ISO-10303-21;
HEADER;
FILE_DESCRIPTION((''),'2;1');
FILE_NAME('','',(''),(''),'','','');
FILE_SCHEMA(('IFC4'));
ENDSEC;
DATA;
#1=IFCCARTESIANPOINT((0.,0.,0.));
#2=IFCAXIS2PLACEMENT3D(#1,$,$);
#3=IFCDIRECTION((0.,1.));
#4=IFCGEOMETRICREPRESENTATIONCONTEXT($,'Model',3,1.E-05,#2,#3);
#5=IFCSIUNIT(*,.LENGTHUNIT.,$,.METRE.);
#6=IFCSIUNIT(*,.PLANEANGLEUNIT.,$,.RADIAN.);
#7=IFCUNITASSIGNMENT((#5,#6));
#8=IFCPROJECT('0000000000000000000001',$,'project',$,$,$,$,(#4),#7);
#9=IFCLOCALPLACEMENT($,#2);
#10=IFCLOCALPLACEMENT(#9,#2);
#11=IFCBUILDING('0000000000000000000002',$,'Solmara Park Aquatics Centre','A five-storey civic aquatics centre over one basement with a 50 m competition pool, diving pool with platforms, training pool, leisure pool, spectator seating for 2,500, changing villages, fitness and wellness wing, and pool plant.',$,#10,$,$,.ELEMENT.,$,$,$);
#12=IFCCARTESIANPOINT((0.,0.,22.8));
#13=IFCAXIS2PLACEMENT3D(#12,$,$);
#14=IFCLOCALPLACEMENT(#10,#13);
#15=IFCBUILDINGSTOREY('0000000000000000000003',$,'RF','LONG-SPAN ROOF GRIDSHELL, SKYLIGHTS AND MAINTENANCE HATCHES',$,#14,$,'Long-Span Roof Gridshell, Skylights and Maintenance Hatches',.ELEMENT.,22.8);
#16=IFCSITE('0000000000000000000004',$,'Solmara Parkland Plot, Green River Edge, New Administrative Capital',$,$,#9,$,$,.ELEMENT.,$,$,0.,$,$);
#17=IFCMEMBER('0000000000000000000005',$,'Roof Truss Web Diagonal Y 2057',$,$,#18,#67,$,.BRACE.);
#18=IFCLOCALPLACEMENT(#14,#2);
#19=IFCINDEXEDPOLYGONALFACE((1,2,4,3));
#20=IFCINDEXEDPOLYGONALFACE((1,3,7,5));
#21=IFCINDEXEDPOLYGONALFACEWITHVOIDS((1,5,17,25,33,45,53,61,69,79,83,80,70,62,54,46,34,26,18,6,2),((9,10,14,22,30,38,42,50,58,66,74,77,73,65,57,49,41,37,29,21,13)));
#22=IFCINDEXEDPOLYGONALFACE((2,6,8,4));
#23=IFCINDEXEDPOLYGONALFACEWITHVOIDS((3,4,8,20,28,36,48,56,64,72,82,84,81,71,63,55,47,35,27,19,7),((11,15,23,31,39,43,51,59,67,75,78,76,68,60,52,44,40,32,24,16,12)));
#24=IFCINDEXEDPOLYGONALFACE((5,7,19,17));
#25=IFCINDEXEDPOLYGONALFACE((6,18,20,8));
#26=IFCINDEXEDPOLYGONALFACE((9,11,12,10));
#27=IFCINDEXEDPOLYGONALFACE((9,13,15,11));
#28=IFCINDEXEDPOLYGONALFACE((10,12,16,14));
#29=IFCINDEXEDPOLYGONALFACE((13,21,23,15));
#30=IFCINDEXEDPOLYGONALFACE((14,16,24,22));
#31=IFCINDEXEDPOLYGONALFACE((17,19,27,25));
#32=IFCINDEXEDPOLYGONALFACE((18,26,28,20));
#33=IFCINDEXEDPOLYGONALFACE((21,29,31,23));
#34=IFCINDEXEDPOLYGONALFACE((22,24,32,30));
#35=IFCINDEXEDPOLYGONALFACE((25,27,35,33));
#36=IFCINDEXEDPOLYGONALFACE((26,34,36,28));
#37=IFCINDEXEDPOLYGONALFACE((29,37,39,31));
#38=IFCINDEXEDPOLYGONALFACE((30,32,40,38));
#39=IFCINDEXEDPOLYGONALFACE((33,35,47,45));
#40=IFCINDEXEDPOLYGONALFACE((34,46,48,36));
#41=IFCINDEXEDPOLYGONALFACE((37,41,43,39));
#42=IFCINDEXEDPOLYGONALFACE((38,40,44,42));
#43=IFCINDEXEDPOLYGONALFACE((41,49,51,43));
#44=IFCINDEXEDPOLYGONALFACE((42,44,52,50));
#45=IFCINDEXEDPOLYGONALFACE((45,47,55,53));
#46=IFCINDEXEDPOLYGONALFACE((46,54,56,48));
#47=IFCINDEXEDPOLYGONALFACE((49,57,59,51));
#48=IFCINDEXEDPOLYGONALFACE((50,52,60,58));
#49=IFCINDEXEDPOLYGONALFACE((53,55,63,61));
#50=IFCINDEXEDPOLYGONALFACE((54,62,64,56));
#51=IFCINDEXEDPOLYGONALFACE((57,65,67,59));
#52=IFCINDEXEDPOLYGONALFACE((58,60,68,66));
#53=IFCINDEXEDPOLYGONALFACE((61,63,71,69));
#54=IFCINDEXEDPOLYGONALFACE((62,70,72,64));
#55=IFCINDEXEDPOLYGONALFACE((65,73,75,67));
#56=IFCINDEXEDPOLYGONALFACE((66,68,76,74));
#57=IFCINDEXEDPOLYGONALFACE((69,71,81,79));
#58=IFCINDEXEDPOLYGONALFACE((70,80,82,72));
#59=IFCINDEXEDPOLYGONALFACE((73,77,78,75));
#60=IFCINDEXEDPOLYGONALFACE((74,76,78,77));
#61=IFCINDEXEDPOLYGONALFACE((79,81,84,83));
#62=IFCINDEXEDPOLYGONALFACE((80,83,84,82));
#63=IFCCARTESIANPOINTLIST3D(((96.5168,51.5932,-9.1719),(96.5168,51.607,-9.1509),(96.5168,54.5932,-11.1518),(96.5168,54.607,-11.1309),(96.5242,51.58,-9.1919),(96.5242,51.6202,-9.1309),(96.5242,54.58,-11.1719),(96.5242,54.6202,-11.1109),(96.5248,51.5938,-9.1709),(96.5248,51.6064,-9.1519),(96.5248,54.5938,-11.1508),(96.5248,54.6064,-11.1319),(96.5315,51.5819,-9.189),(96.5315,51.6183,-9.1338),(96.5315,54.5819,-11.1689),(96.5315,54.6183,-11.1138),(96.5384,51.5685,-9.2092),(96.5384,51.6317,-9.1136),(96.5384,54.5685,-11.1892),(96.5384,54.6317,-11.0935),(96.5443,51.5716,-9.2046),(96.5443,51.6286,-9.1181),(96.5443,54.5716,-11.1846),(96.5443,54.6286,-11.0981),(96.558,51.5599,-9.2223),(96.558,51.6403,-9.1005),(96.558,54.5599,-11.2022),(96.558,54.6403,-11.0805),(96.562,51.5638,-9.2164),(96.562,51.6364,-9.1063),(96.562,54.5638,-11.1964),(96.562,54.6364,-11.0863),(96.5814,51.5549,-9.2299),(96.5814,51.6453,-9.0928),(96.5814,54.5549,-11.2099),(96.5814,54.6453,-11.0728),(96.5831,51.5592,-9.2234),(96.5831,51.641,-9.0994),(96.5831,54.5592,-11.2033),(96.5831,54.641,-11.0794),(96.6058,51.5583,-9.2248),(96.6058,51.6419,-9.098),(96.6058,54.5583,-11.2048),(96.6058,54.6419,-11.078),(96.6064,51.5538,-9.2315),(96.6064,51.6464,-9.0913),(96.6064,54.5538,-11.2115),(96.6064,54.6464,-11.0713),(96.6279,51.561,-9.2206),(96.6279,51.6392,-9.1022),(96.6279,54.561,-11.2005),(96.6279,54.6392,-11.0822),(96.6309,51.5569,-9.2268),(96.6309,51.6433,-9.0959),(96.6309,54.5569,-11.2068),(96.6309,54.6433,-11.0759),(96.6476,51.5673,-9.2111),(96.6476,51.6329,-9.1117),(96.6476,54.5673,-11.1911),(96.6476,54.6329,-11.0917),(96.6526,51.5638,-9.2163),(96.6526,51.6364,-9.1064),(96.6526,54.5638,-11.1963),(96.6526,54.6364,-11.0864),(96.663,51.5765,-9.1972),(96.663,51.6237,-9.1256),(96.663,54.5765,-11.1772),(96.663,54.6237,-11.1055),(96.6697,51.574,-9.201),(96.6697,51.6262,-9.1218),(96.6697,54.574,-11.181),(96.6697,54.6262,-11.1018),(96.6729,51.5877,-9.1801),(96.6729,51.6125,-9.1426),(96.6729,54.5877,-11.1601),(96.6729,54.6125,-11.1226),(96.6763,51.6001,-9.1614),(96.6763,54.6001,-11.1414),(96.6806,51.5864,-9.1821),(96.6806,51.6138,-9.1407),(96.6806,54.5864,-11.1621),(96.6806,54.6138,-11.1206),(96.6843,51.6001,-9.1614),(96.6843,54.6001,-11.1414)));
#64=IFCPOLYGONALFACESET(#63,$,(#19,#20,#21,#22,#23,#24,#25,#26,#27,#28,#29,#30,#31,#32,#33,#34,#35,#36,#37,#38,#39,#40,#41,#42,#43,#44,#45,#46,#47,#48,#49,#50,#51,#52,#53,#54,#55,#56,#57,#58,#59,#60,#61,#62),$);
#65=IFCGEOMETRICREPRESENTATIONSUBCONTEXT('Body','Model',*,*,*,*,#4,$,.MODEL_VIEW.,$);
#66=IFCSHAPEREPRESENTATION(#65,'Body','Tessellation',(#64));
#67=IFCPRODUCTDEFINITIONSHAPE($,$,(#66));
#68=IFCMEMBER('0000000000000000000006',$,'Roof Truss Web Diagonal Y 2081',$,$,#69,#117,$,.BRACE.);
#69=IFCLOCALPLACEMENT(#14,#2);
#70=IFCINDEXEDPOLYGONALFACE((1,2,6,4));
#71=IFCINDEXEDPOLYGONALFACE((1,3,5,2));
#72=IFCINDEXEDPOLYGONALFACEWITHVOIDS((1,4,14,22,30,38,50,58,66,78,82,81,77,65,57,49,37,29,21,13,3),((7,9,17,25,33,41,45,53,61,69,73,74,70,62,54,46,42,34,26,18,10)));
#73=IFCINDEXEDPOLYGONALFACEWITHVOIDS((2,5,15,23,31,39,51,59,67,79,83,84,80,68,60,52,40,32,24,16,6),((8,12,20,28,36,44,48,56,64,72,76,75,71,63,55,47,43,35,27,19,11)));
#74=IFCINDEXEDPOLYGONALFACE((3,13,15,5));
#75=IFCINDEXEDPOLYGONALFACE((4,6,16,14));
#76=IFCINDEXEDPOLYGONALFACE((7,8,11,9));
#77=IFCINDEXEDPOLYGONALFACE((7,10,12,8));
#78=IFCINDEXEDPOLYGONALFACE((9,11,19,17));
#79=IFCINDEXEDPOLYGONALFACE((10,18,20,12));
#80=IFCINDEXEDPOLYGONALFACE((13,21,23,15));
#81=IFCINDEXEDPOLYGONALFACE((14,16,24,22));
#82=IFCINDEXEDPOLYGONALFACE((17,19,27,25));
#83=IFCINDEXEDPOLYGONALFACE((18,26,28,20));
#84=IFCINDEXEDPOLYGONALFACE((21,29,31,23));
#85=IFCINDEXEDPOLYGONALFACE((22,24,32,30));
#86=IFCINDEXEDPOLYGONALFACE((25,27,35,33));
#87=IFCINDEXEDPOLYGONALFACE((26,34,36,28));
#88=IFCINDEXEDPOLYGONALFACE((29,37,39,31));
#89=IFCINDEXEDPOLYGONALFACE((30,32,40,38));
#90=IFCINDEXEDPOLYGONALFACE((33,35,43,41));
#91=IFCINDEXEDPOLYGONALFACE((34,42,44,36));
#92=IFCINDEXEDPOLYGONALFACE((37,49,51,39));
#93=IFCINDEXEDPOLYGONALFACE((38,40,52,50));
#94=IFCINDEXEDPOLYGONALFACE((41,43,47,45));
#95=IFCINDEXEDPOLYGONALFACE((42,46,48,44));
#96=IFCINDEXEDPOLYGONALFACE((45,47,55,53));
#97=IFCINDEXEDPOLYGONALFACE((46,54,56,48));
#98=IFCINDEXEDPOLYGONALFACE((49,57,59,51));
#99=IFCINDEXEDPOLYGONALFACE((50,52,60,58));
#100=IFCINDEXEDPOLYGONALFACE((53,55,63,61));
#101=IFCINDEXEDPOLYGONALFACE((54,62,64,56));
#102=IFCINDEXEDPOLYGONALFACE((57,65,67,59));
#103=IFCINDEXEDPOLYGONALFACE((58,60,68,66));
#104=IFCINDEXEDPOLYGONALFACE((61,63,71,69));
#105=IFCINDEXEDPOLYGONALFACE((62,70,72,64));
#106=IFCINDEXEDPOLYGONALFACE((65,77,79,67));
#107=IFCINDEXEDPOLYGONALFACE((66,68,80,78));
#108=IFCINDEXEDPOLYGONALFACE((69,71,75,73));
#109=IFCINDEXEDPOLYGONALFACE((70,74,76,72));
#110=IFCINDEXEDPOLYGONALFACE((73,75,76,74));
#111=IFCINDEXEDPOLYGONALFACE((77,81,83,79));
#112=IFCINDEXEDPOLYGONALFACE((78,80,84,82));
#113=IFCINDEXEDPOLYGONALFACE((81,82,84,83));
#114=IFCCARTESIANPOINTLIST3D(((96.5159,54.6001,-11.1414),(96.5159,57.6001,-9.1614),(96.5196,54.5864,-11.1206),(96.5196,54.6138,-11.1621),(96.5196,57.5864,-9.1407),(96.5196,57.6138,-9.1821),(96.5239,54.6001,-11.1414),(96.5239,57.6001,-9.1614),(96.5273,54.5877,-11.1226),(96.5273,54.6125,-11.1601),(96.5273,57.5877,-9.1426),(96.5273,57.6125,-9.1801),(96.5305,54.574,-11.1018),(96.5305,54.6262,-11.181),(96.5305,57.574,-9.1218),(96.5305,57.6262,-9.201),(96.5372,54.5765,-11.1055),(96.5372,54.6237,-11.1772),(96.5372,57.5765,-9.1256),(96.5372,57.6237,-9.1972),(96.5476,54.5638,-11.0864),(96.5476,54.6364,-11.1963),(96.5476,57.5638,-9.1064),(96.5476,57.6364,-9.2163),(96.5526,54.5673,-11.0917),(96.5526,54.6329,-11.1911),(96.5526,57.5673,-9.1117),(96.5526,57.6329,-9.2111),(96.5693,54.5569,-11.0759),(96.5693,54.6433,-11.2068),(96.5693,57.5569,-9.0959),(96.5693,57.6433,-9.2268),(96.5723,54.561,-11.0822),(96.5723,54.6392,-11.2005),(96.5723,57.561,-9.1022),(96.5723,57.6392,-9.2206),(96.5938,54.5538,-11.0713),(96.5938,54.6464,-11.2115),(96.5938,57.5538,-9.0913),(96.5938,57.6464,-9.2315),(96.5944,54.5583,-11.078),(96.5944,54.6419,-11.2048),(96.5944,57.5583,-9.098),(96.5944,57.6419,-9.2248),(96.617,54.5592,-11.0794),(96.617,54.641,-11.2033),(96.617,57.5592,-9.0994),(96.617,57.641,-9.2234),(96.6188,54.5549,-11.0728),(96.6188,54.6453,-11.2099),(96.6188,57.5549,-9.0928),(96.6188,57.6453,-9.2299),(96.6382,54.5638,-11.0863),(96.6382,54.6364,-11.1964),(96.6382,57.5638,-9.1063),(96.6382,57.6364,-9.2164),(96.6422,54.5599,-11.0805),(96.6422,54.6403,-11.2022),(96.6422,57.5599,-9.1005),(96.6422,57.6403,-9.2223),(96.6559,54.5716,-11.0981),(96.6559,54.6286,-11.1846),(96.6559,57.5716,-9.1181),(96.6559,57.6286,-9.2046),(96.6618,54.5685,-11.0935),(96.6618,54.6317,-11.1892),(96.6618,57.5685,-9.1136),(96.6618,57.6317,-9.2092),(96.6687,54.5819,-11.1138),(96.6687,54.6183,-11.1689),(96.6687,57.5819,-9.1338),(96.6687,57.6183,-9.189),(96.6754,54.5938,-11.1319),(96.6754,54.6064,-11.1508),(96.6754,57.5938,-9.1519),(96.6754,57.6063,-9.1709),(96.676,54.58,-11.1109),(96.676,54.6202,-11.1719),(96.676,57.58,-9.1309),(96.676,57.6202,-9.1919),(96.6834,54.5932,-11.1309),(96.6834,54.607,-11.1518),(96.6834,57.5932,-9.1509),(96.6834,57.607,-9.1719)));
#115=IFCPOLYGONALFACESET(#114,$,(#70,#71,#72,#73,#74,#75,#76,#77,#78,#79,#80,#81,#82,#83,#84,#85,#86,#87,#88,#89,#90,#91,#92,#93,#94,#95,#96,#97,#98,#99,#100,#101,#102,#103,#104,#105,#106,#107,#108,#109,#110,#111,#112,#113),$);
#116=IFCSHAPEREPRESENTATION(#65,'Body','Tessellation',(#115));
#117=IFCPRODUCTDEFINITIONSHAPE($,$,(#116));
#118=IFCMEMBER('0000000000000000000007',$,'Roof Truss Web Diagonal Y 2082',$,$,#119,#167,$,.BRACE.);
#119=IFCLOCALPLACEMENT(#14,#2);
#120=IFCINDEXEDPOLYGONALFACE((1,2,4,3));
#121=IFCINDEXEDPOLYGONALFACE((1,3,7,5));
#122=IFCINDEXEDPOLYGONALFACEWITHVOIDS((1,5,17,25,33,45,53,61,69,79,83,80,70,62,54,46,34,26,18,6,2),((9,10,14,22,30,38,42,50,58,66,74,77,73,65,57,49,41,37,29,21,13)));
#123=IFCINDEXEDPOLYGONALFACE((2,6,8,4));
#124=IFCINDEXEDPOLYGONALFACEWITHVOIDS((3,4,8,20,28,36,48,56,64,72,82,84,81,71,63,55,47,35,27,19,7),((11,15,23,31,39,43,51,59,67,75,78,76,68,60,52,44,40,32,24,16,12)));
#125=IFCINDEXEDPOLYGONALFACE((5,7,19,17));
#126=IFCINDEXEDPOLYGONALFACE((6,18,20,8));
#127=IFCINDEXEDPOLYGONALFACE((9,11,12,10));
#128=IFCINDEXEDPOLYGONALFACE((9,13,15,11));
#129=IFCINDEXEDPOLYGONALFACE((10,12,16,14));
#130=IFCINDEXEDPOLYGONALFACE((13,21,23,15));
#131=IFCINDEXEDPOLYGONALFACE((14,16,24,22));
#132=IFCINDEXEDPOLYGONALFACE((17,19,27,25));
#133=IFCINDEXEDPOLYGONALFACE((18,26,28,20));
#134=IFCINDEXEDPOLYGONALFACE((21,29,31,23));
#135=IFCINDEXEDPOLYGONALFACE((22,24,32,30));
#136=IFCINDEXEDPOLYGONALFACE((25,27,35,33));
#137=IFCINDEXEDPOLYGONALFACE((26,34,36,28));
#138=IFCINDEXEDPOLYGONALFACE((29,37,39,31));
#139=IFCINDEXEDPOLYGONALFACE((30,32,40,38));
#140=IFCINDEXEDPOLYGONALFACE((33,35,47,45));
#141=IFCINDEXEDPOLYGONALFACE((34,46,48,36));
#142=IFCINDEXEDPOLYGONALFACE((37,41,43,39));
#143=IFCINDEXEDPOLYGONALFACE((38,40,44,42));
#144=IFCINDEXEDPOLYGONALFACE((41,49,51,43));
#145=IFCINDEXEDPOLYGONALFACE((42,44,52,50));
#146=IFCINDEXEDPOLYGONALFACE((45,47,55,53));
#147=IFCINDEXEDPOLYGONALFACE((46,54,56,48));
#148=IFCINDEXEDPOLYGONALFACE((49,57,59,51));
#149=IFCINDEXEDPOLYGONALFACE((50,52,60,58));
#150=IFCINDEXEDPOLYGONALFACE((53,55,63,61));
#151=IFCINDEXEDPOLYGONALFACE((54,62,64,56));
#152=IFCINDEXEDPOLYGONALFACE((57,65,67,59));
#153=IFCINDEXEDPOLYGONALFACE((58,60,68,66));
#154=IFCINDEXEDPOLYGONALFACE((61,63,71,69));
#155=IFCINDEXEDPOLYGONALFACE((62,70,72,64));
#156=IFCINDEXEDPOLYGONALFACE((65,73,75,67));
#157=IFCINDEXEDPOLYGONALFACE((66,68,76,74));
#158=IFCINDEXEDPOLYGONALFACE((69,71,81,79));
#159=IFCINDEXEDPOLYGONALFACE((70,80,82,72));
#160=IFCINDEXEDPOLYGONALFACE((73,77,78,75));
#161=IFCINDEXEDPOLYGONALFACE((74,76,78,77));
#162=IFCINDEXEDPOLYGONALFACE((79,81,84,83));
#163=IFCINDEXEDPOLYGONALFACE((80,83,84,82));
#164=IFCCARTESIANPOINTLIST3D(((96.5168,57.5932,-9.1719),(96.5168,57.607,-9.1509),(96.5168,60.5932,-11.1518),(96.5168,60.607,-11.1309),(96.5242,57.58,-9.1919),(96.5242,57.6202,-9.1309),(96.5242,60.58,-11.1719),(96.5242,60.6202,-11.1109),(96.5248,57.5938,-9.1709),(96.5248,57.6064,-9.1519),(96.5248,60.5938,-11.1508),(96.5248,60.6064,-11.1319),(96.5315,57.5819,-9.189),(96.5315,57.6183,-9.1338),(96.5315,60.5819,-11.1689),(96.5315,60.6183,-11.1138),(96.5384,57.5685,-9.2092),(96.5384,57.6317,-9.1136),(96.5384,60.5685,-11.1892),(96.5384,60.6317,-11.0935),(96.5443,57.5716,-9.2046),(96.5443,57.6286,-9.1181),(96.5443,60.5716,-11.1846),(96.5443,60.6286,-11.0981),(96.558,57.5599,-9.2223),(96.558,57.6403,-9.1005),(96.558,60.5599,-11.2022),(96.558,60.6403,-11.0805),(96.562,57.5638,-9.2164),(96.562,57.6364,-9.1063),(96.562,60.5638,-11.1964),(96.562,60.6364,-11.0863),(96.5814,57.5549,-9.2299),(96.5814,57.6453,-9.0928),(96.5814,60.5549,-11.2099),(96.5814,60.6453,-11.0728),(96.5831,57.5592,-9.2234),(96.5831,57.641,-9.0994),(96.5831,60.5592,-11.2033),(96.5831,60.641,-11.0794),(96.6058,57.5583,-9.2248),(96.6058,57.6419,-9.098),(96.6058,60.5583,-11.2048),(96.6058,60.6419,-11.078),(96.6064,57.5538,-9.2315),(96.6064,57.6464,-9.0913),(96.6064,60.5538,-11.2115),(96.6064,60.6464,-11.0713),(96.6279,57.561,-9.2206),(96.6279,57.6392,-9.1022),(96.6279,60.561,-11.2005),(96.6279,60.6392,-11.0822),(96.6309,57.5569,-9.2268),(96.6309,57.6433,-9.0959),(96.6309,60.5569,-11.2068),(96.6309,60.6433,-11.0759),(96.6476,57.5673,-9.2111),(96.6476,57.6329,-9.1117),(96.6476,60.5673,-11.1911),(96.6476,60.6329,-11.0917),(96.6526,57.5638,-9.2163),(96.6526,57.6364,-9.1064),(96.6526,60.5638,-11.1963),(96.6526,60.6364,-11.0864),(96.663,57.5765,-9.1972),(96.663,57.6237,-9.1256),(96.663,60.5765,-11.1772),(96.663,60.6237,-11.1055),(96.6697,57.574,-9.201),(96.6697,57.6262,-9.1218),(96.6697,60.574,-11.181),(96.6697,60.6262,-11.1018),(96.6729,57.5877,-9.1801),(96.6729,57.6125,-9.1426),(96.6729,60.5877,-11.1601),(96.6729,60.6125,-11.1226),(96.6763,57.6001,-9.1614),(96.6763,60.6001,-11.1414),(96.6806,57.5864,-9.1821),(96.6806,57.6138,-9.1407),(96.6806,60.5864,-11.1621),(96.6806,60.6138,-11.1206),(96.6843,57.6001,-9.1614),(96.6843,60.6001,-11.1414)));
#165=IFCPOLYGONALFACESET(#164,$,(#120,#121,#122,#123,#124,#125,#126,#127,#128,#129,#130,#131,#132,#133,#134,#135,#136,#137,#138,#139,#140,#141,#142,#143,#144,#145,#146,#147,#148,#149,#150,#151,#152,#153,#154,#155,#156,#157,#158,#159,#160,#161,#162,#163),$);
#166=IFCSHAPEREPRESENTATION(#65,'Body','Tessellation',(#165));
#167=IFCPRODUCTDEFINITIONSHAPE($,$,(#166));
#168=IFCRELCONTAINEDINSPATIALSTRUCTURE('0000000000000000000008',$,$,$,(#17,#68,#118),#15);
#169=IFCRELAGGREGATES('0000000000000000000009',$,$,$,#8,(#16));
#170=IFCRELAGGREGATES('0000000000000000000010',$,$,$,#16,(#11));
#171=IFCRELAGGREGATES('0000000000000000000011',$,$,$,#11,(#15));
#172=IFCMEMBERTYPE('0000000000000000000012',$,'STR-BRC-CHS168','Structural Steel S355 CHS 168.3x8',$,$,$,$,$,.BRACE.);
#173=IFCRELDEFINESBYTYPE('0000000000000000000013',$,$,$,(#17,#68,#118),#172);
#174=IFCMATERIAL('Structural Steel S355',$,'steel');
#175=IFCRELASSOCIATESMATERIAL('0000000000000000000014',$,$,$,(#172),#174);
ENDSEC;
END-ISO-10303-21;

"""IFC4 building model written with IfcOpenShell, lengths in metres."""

from ifc_helpers import new_model, si_unit, direction, frame, origin, origin_2d, place, context, subcontext, project, spatial, hollow_circle, extrude, material, material_profile, profile_set, type_object, element, save


model = new_model("IFC4")

# Units and contexts
model_context = context("Model", 3, precision=1e-05, world=origin(), true_north=direction((0.0, 1.0)))
body_context = subcontext(model_context, "Body", "Model", "MODEL_VIEW")
ifc_project = project(units=[si_unit("LENGTHUNIT", "METRE"), si_unit("PLANEANGLEUNIT", "RADIAN")], contexts=[model_context])

# Site, building, storey
site_placement = place(None, origin())
site = spatial("IfcSite", under=ifc_project, at=site_placement, Name="Solmara Parkland Plot, Green River Edge, New Administrative Capital", CompositionType="ELEMENT", RefElevation=0.0)
building_placement = place(site_placement, origin())
building = spatial("IfcBuilding", under=site, at=building_placement, Name="Solmara Park Aquatics Centre", Description="A five-storey civic aquatics centre over one basement with a 50 m competition pool, diving pool with platforms, training pool, leisure pool, spectator seating for 2,500, changing villages, fitness and wellness wing, and pool plant.", CompositionType="ELEMENT")
storey_placement = place(building_placement, frame((0.0, 0.0, 22.8)))
storey = spatial("IfcBuildingStorey", under=building, at=storey_placement, Name="RF", Description="LONG-SPAN ROOF GRIDSHELL, SKYLIGHTS AND MAINTENANCE HATCHES", LongName="Long-Span Roof Gridshell, Skylights and Maintenance Hatches", CompositionType="ELEMENT", Elevation=22.8)

# Members
ifc_material_1 = material(Name="Structural Steel S355", Category="steel")
ifc_material_profile_1 = material_profile(ifc_material_1, hollow_circle(Radius=0.0842, WallThickness=0.0081, at=origin_2d()), Name="CHS 168.3x8")
ifc_profile_set_1 = profile_set([ifc_material_profile_1], Name="Structural Steel S355")
member_type_1 = type_object("IfcMemberType", Name="STR-BRC-CHS168", Description="Structural Steel S355 CHS 168.3x8", PredefinedType="BRACE", material=ifc_profile_set_1)
for number, where, z_axis, x_axis, name in (
    (1, (96.6001, 54.6001, -11.1414), (0.0, -0.834612, 0.550838), (1.0, 0.0, 0.0), "Roof Truss Web Diagonal Y 2057"),
    (2, (96.6001, 54.6001, -11.1414), (0.0, 0.834612, 0.550838), (-1.0, 0.0, 0.0), "Roof Truss Web Diagonal Y 2081"),
    (3, (96.6001, 60.6001, -11.1414), (0.0, -0.834612, 0.550838), (1.0, 0.0, 0.0), "Roof Truss Web Diagonal Y 2082"),
):
    element("IfcMember", number, at=place(storey_placement, frame(where, z_axis=z_axis, x_axis=x_axis)), inside=storey, type_object=member_type_1, Name=name, PredefinedType="BRACE", context=body_context, shape_type="SweptSolid", body=[
        extrude(hollow_circle(Radius=0.0842, WallThickness=0.0081, at=origin_2d()), origin(), (0.0, 0.0, 1.0), 3.5945),
    ])

save(model, "model.ifc")
